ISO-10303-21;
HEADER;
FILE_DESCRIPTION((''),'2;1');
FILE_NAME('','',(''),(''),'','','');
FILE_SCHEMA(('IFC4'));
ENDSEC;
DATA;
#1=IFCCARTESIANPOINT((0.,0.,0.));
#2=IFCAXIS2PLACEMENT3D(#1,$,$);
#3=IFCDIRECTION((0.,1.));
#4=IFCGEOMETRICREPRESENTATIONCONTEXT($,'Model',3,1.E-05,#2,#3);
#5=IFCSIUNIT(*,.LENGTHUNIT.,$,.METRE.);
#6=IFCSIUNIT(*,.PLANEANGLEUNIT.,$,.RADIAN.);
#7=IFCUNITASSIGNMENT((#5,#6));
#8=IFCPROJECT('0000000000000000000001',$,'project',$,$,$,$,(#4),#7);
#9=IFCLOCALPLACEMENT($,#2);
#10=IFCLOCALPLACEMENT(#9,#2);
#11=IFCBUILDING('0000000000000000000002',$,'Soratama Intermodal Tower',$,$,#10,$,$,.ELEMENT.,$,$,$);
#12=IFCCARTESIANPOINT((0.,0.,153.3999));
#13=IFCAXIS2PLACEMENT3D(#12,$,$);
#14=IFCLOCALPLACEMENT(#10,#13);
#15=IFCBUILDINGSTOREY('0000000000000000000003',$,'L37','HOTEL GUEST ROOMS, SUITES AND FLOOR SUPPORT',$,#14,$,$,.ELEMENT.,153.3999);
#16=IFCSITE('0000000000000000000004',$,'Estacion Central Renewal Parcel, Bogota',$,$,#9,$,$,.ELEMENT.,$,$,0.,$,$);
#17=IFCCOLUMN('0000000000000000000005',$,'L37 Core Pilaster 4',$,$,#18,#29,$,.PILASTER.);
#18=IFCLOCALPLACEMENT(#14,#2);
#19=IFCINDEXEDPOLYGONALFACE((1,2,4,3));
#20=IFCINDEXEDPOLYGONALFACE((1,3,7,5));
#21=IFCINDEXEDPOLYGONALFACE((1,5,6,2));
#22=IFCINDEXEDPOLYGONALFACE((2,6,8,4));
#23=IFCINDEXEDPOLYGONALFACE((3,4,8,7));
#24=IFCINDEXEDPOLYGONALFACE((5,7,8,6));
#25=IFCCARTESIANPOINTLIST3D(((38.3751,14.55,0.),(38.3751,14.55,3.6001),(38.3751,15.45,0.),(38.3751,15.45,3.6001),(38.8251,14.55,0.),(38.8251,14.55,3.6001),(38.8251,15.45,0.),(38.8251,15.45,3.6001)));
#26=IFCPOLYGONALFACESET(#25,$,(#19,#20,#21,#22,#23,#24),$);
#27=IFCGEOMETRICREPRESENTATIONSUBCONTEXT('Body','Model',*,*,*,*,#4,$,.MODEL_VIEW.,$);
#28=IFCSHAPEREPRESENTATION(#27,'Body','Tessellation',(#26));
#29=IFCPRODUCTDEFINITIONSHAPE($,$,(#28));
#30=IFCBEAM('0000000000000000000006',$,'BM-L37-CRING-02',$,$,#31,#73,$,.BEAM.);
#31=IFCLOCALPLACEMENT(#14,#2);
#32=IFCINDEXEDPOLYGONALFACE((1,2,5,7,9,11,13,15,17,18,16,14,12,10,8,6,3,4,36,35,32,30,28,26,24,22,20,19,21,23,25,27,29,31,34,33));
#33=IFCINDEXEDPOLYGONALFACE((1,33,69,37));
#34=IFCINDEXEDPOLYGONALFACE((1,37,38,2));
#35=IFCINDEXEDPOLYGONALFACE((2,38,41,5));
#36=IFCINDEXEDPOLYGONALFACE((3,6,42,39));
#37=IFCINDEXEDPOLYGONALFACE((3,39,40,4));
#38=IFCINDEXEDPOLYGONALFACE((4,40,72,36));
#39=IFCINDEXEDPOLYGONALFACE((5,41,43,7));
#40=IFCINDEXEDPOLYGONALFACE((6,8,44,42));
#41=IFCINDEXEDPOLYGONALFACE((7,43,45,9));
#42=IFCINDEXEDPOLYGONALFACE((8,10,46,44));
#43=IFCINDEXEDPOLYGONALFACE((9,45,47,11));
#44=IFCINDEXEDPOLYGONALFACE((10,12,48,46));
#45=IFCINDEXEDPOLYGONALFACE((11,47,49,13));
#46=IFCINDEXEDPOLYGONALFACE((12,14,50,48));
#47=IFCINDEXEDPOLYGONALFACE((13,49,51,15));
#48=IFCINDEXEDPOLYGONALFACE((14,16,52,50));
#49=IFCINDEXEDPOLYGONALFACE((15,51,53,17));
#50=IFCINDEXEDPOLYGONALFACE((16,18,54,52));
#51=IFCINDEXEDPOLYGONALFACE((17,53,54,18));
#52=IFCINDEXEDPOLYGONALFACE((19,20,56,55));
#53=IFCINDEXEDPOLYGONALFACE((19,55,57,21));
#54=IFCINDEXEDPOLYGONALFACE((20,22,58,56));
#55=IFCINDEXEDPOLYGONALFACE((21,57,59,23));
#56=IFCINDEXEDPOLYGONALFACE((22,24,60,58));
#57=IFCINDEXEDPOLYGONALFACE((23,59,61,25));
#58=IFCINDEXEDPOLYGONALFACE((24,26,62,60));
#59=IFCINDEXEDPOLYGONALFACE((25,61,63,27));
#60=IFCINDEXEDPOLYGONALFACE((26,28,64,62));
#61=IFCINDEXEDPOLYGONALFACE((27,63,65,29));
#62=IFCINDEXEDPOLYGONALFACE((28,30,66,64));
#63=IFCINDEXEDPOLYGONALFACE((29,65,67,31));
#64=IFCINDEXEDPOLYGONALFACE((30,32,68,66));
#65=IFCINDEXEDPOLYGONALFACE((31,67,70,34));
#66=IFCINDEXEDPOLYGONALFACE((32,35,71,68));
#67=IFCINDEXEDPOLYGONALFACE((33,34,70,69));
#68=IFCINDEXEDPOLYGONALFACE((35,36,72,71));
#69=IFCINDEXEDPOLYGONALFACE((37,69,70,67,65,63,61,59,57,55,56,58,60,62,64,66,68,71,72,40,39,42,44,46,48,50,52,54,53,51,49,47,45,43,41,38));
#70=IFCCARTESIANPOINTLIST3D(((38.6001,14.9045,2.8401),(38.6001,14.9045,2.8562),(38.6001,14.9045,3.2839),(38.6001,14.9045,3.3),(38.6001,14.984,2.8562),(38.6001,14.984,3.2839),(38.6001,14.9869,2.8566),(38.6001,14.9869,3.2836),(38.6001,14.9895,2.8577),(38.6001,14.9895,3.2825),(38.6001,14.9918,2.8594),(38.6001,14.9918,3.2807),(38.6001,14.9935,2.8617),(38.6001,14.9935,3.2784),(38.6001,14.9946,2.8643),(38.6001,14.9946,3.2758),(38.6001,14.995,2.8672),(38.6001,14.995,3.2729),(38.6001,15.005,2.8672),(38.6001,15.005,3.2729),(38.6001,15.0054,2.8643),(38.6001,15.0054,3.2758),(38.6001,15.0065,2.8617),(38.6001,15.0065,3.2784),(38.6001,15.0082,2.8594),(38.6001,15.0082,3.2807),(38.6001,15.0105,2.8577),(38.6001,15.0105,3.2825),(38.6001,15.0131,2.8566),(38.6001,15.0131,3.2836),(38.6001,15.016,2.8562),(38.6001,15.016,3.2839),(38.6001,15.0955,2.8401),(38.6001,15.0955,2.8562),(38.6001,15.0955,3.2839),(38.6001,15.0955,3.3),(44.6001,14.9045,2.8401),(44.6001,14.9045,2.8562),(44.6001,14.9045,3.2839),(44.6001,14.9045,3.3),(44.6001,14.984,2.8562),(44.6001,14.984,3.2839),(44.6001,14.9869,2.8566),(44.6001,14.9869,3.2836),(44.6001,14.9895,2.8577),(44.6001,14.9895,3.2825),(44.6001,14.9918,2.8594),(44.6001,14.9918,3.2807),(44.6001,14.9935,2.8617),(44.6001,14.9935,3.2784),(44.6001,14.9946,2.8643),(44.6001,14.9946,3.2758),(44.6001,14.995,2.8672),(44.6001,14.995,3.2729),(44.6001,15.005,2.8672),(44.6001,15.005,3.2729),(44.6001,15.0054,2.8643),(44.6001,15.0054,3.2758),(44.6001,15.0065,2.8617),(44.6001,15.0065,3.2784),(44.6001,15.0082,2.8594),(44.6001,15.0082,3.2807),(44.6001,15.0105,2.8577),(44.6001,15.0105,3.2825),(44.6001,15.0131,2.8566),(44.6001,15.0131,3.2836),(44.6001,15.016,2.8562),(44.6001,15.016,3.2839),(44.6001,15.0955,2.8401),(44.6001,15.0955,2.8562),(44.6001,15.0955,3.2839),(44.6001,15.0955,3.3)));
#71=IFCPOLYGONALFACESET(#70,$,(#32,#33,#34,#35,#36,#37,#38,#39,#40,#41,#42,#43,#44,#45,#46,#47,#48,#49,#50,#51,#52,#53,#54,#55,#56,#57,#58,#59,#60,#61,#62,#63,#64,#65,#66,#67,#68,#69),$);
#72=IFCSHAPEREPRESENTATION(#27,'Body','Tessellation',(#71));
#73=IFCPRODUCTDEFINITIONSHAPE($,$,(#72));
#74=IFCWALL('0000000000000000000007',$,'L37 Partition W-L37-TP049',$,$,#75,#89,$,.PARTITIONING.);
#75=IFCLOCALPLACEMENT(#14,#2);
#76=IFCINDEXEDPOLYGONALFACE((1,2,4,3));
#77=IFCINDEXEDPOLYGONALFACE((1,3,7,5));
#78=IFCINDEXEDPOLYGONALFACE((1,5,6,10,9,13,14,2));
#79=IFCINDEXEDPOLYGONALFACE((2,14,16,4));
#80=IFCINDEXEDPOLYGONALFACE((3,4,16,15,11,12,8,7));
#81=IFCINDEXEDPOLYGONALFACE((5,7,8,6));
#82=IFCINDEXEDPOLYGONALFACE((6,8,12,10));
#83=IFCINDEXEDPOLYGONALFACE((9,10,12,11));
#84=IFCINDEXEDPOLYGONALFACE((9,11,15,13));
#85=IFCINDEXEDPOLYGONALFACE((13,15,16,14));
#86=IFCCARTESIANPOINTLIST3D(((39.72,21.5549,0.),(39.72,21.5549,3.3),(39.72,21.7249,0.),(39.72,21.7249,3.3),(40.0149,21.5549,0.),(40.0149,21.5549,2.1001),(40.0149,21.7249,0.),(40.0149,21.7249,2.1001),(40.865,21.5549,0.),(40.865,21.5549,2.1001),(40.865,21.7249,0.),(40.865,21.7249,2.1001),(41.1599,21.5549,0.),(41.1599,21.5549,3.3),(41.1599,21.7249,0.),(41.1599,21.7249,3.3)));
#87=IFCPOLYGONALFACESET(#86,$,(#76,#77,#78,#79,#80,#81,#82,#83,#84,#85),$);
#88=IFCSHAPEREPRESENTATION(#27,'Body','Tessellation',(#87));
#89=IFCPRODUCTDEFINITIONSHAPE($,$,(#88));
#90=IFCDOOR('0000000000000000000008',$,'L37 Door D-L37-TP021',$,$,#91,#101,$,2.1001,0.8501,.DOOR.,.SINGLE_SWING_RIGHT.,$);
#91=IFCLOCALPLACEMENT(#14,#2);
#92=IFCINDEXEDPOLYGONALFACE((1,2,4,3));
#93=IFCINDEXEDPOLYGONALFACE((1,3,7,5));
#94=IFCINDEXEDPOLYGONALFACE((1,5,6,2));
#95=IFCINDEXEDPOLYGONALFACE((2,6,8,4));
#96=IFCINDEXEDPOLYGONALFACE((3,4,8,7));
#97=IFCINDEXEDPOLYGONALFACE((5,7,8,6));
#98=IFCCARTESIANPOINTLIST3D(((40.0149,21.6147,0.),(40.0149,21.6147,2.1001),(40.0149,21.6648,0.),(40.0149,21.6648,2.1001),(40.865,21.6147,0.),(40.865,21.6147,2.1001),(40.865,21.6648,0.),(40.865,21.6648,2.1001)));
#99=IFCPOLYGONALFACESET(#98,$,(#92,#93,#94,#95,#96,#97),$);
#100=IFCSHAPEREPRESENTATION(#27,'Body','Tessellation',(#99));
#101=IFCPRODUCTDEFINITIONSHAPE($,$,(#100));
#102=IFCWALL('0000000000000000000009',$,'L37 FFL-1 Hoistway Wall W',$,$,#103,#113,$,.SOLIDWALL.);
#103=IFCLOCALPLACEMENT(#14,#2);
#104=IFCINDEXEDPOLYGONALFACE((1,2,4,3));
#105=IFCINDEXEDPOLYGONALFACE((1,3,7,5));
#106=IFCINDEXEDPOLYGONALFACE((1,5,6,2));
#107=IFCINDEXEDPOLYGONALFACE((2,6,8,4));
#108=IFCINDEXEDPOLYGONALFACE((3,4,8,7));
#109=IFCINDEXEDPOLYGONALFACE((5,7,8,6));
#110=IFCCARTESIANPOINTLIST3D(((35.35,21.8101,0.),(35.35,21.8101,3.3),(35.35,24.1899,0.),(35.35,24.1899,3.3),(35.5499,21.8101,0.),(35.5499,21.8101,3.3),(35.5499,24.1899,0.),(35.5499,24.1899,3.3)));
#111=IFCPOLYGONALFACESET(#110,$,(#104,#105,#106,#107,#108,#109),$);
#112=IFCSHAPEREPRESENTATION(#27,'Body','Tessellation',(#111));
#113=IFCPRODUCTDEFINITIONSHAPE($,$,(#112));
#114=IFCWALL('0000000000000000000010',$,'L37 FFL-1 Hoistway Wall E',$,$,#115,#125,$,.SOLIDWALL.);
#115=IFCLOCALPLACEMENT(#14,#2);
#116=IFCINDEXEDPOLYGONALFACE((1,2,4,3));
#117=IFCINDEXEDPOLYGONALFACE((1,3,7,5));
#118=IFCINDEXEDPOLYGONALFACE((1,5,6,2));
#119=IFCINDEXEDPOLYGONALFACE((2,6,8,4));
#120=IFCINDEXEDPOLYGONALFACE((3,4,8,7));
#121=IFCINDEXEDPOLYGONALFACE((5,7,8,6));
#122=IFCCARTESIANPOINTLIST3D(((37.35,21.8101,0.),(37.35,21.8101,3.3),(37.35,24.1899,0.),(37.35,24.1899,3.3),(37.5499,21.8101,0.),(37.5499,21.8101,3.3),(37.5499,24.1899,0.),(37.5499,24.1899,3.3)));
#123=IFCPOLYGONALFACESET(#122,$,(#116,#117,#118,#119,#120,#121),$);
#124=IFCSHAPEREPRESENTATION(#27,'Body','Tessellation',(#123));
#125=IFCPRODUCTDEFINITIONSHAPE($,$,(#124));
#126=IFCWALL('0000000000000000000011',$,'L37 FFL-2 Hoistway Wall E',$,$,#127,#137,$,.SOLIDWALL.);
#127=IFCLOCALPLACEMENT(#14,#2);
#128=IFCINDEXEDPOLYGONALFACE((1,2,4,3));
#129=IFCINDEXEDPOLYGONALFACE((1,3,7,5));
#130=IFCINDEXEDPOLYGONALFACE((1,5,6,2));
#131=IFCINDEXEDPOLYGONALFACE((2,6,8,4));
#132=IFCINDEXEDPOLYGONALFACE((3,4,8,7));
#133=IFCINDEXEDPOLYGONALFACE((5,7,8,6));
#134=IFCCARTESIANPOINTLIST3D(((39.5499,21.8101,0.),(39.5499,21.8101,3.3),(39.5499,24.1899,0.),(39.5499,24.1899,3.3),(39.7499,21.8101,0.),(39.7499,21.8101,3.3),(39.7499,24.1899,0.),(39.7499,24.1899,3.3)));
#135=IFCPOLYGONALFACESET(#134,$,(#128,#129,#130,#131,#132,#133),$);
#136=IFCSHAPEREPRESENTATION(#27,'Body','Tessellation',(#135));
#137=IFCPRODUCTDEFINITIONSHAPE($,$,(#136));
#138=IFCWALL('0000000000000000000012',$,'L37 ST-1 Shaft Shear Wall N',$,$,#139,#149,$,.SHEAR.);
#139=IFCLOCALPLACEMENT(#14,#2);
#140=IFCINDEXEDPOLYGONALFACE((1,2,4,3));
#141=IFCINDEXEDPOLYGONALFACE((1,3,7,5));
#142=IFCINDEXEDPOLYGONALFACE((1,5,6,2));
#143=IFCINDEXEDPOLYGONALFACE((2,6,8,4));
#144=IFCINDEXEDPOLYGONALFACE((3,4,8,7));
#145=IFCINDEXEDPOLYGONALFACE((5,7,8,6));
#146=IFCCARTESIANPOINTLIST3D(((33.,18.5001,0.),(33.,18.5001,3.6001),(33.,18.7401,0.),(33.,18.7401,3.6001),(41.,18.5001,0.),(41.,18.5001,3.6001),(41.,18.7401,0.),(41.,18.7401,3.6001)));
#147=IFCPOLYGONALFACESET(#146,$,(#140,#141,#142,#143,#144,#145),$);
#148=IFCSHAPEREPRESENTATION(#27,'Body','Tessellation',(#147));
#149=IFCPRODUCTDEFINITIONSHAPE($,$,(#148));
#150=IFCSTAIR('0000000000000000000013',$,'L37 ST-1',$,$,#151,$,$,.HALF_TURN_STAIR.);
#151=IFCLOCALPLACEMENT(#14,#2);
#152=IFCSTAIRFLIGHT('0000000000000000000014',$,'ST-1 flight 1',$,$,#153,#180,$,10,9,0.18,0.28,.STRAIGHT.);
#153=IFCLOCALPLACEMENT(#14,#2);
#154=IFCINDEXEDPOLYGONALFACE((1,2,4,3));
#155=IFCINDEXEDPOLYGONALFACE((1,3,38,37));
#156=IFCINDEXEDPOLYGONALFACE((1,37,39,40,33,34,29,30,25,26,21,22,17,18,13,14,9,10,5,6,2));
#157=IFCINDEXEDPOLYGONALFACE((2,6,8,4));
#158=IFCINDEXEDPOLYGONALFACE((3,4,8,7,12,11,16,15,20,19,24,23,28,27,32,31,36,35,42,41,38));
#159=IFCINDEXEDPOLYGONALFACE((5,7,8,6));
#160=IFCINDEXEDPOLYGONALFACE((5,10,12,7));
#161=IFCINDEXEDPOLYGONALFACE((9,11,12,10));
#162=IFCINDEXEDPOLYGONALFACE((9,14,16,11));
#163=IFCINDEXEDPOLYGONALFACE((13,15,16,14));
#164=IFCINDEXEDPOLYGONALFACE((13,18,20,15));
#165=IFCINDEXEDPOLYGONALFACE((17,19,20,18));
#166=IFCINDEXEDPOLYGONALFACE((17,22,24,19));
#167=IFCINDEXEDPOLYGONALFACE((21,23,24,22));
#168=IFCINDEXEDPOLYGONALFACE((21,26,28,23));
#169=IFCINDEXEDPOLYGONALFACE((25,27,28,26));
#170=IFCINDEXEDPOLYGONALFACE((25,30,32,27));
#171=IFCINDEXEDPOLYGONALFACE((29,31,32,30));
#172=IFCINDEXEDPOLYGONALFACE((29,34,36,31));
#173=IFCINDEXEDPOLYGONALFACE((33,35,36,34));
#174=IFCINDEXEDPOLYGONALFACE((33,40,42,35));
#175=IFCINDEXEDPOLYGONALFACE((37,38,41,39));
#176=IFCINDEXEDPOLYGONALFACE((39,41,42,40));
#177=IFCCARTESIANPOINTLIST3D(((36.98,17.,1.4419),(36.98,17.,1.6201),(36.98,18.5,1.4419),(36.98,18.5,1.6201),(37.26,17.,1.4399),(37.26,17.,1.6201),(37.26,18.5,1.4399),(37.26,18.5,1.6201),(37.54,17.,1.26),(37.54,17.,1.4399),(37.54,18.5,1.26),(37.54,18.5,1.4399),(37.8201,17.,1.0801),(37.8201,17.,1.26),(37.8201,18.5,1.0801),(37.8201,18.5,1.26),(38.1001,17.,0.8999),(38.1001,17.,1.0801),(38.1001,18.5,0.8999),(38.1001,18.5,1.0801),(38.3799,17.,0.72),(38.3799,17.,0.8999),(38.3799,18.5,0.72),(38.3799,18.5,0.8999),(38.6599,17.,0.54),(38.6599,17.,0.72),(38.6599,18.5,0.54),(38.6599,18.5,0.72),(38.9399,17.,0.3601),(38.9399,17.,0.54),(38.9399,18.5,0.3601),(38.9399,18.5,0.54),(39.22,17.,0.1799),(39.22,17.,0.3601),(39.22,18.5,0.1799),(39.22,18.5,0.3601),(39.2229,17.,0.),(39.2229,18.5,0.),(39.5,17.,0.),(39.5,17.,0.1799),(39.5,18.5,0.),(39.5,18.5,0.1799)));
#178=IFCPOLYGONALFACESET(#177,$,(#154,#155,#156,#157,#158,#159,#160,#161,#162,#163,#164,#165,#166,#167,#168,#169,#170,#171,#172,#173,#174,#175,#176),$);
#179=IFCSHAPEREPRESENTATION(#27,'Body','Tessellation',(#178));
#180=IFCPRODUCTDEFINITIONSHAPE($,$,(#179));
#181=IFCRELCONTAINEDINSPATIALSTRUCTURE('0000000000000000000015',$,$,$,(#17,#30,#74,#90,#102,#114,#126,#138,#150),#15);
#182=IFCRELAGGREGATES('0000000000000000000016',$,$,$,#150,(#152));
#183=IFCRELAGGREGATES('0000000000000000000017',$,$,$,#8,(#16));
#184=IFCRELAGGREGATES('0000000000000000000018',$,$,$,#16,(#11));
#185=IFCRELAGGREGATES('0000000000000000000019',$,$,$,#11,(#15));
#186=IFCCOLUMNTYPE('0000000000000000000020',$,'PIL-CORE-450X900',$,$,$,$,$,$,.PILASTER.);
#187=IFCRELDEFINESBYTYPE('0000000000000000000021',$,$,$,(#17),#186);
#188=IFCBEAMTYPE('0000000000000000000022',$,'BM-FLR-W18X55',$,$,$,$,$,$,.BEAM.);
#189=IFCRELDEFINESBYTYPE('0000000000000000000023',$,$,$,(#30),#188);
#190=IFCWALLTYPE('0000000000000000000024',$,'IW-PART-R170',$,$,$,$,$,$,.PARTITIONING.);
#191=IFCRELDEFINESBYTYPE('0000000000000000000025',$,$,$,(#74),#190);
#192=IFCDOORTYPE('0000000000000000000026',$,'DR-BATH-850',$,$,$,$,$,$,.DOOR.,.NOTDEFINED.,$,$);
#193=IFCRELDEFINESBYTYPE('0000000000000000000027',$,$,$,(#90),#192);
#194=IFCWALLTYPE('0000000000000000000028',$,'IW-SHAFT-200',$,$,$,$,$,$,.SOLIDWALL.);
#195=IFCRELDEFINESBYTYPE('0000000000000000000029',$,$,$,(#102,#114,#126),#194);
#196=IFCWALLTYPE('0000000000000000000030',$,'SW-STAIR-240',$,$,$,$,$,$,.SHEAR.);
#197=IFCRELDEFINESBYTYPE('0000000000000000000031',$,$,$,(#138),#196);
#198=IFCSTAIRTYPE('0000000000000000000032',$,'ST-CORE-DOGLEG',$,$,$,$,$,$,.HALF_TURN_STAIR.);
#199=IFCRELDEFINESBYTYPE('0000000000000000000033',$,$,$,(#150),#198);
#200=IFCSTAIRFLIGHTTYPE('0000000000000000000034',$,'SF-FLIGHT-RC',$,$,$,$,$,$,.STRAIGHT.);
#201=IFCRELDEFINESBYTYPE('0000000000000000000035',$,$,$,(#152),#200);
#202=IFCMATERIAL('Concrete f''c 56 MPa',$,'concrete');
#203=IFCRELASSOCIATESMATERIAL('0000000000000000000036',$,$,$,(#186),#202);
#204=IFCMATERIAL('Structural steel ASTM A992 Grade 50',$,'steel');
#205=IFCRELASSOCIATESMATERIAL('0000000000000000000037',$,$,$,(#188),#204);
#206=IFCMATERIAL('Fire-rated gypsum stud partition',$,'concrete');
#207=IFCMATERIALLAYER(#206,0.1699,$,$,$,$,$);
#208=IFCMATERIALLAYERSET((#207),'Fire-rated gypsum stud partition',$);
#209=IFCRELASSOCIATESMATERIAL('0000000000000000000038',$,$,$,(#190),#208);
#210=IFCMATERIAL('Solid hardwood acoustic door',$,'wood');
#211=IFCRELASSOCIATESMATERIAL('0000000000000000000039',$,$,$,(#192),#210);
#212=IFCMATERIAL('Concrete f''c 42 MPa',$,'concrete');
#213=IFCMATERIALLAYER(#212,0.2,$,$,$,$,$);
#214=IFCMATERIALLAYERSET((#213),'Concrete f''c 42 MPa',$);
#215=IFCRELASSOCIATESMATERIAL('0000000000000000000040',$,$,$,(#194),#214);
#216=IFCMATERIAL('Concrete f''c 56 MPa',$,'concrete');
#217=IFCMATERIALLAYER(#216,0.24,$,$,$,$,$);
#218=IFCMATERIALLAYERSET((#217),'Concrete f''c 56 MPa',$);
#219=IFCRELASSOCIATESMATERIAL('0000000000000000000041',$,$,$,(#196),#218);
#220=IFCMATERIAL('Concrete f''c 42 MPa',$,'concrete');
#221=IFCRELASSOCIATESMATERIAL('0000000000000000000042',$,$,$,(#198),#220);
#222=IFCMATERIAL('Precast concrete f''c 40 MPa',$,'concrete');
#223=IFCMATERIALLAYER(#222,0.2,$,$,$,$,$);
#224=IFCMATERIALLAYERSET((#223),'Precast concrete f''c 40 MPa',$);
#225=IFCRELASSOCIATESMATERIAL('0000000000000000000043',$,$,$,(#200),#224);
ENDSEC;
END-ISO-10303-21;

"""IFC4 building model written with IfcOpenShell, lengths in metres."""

from ifc_helpers import new_model, si_unit, direction, frame, frame_2d, origin, origin_2d, place, context, subcontext, project, spatial, polyline, rectangle, i_section, outline, extrude, material, layer, layer_set, material_profile, profile_set, type_object, element, fill, aggregate, save


model = new_model("IFC4")

# Units and contexts
model_context = context("Model", 3, precision=1e-05, world=origin(), true_north=direction((0.0, 1.0)))
body_context = subcontext(model_context, "Body", "Model", "MODEL_VIEW")
ifc_project = project(units=[si_unit("LENGTHUNIT", "METRE"), si_unit("PLANEANGLEUNIT", "RADIAN")], contexts=[model_context])

# Site, building, storey
site_placement = place(None, origin())
site = spatial("IfcSite", under=ifc_project, at=site_placement, Name="Estacion Central Renewal Parcel, Bogota", CompositionType="ELEMENT", RefElevation=0.0)
building_placement = place(site_placement, origin())
building = spatial("IfcBuilding", under=site, at=building_placement, Name="Soratama Intermodal Tower", CompositionType="ELEMENT")
storey_placement = place(building_placement, frame((0.0, 0.0, 153.3999)))
storey = spatial("IfcBuildingStorey", under=building, at=storey_placement, Name="L37", Description="HOTEL GUEST ROOMS, SUITES AND FLOOR SUPPORT", CompositionType="ELEMENT", Elevation=153.3999)

# Column
ifc_material_1 = material(Name="Concrete f'c 56 MPa", Category="concrete")
ifc_material_profile_1 = material_profile(ifc_material_1, rectangle(XDim=0.45, YDim=0.8999, at=origin_2d()), Name="RC450X900")
ifc_profile_set_1 = profile_set([ifc_material_profile_1], Name="Concrete f'c 56 MPa")
column_type = type_object("IfcColumnType", Name="PIL-CORE-450X900", PredefinedType="PILASTER", material=ifc_profile_set_1)
column_placement = place(storey_placement, frame((38.6001, 15.0, 0.0), z_axis=(0.0, 0.0, 1.0), x_axis=(1.0, 0.0, 0.0)))
element("IfcColumn", 1, at=column_placement, inside=storey, type_object=column_type, Name="L37 Core Pilaster 4", PredefinedType="PILASTER", context=body_context, shape_type="SweptSolid", body=[
    extrude(rectangle(XDim=0.45, YDim=0.8999, at=origin_2d()), origin(), (0.0, 0.0, 1.0), 3.6001),
])

# Beam
ifc_material_2 = material(Name="Structural steel ASTM A992 Grade 50", Category="steel")
ifc_material_profile_2 = material_profile(ifc_material_2, i_section(OverallWidth=0.1909, OverallDepth=0.46, WebThickness=0.01, FlangeThickness=0.0161, FilletRadius=0.011, at=origin_2d()), Name="W18X55")
ifc_profile_set_2 = profile_set([ifc_material_profile_2], Name="Structural steel ASTM A992 Grade 50")
beam_type = type_object("IfcBeamType", Name="BM-FLR-W18X55", PredefinedType="BEAM", material=ifc_profile_set_2)
beam_placement = place(storey_placement, frame((38.6001, 15.0, 3.0701), z_axis=(1.0, 0.0, 0.0), x_axis=(0.0, 1.0, 0.0)))
element("IfcBeam", 2, at=beam_placement, inside=storey, type_object=beam_type, Name="BM-L37-CRING-02", PredefinedType="BEAM", context=body_context, shape_type="SweptSolid", body=[
    extrude(i_section(OverallWidth=0.1909, OverallDepth=0.46, WebThickness=0.01, FlangeThickness=0.0161, FilletRadius=0.011, at=origin_2d()), origin(), (0.0, 0.0, 1.0), 6.0),
])

# Wall, opening, door
ifc_material_3 = material(Name="Fire-rated gypsum stud partition", Category="concrete")
ifc_layer_1 = layer(ifc_material_3, 0.1699)
ifc_layer_set_1 = layer_set([ifc_layer_1], Name="Fire-rated gypsum stud partition")
wall_type_1 = type_object("IfcWallType", Name="IW-PART-R170", PredefinedType="PARTITIONING", material=ifc_layer_set_1)
wall_1_placement = place(storey_placement, frame((39.72, 21.6399, 0.0), z_axis=(0.0, 0.0, 1.0), x_axis=(1.0, 0.0, 0.0)))
wall_1 = element("IfcWall", 3, at=wall_1_placement, inside=storey, type_object=wall_type_1, Name="L37 Partition W-L37-TP049", PredefinedType="PARTITIONING", context=body_context, shape_type="SweptSolid", body=[
    extrude(rectangle(XDim=1.4399, YDim=0.1699, at=frame_2d((0.72, 0.0))), origin(), (0.0, 0.0, 1.0), 3.3),
])
opening_1_placement = place(wall_1_placement, frame((0.2949, 0.0, 0.0)))
opening_1 = element("IfcOpeningElement", 4, at=opening_1_placement, cuts=wall_1, PredefinedType="OPENING", context=body_context, shape_type="SweptSolid", body=[
    extrude(rectangle(XDim=0.8501, YDim=2.1001, at=frame_2d((0.425, 1.05))), frame((0.0, 0.095, 0.0), z_axis=(0.0, -1.0, 0.0), x_axis=(1.0, 0.0, 0.0)), (0.0, 0.0, 1.0), 0.1899),
])
ifc_material_4 = material(Name="Solid hardwood acoustic door", Category="wood")
door_type_1 = type_object("IfcDoorType", Name="DR-BATH-850", OperationType="NOTDEFINED", PredefinedType="DOOR", material=ifc_material_4)
door_1_placement = place(opening_1_placement, origin())
door_1 = element("IfcDoor", 5, at=door_1_placement, inside=storey, type_object=door_type_1, Name="L37 Door D-L37-TP021", OperationType="SINGLE_SWING_RIGHT", OverallHeight=2.1001, OverallWidth=0.8501, PredefinedType="DOOR", context=body_context, shape_type="SweptSolid", body=[
    extrude(rectangle(XDim=0.8501, YDim=2.1001, at=frame_2d((0.425, 1.05))), frame((0.0, 0.0249, 0.0), z_axis=(0.0, -1.0, 0.0), x_axis=(1.0, 0.0, 0.0)), (0.0, 0.0, 1.0), 0.05),
])
fill(opening_1, door_1)
ifc_material_5 = material(Name="Concrete f'c 42 MPa", Category="concrete")
ifc_layer_2 = layer(ifc_material_5, 0.2)
ifc_layer_set_2 = layer_set([ifc_layer_2], Name="Concrete f'c 42 MPa")
wall_type_2 = type_object("IfcWallType", Name="IW-SHAFT-200", PredefinedType="SOLIDWALL", material=ifc_layer_set_2)

# Walls
for number, where, z_axis, x_axis, name in (
    (6, (35.45, 21.8101, 0.0), (0.0, 0.0, 1.0), (0.0, 1.0, 0.0), "L37 FFL-1 Hoistway Wall W"),
    (7, (37.45, 21.8101, 0.0), (0.0, 0.0, 1.0), (0.0, 1.0, 0.0), "L37 FFL-1 Hoistway Wall E"),
):
    element("IfcWall", number, at=place(storey_placement, frame(where, z_axis=z_axis, x_axis=x_axis)), inside=storey, type_object=wall_type_2, Name=name, PredefinedType="SOLIDWALL", context=body_context, shape_type="SweptSolid", body=[
        extrude(rectangle(XDim=2.3799, YDim=0.2, at=frame_2d((1.1899, 0.0))), origin(), (0.0, 0.0, 1.0), 3.3),
    ])

# Wall
wall_2_placement = place(storey_placement, frame((39.6499, 21.8101, 0.0), z_axis=(0.0, 0.0, 1.0), x_axis=(0.0, 1.0, 0.0)))
element("IfcWall", 8, at=wall_2_placement, inside=storey, type_object=wall_type_2, Name="L37 FFL-2 Hoistway Wall E", PredefinedType="SOLIDWALL", context=body_context, shape_type="SweptSolid", body=[
    extrude(rectangle(XDim=2.3799, YDim=0.2, at=frame_2d((1.1899, 0.0))), origin(), (0.0, 0.0, 1.0), 3.3),
])

# Shared definitions
ifc_material_6 = material(Name="Concrete f'c 56 MPa", Category="concrete")
ifc_layer_3 = layer(ifc_material_6, 0.24)
ifc_layer_set_3 = layer_set([ifc_layer_3], Name="Concrete f'c 56 MPa")
wall_type_3 = type_object("IfcWallType", Name="SW-STAIR-240", PredefinedType="SHEAR", material=ifc_layer_set_3)

# Wall
wall_3_placement = place(storey_placement, frame((33.0, 18.6201, 0.0), z_axis=(0.0, 0.0, 1.0), x_axis=(1.0, 0.0, 0.0)))
element("IfcWall", 9, at=wall_3_placement, inside=storey, type_object=wall_type_3, Name="L37 ST-1 Shaft Shear Wall N", PredefinedType="SHEAR", context=body_context, shape_type="SweptSolid", body=[
    extrude(rectangle(XDim=8.0, YDim=0.24, at=frame_2d((4.0, 0.0))), origin(), (0.0, 0.0, 1.0), 3.6001),
])

# Stair, stair flight
ifc_material_7 = material(Name="Concrete f'c 42 MPa", Category="concrete")
stair_type = type_object("IfcStairType", Name="ST-CORE-DOGLEG", PredefinedType="HALF_TURN_STAIR", material=ifc_material_7)
stair_placement = place(storey_placement, origin())
stair = element("IfcStair", 10, at=stair_placement, inside=storey, type_object=stair_type, Name="L37 ST-1", PredefinedType="HALF_TURN_STAIR")
ifc_material_8 = material(Name="Precast concrete f'c 40 MPa", Category="concrete")
ifc_layer_4 = layer(ifc_material_8, 0.2)
ifc_layer_set_4 = layer_set([ifc_layer_4], Name="Precast concrete f'c 40 MPa")
stair_flight_type = type_object("IfcStairFlightType", Name="SF-FLIGHT-RC", PredefinedType="STRAIGHT", material=ifc_layer_set_4)
stair_flight_1_placement = place(storey_placement, frame((39.5, 17.75, 0.0), z_axis=(0.0, 0.0, 1.0), x_axis=(-1.0, 0.0, 0.0)))
stair_flight_1 = element("IfcStairFlight", 11, at=stair_flight_1_placement, type_object=stair_flight_type, Name="ST-1 flight 1", NumberOfRisers=10, NumberOfTreads=9, PredefinedType="STRAIGHT", RiserHeight=0.18, TreadLength=0.28, context=body_context, shape_type="SweptSolid", body=[
    extrude(outline(polyline([(0.0, 0.0), (0.0, 0.1799), (0.28, 0.1799), (0.28, 0.3601), (0.5601, 0.3601), (0.5601, 0.54), (0.8401, 0.54), (0.8401, 0.72), (1.1201, 0.72), (1.1201, 0.8999), (1.3999, 0.8999), (1.3999, 1.0801), (1.6799, 1.0801), (1.6799, 1.26), (1.96, 1.26), (1.96, 1.4399), (2.24, 1.4399), (2.24, 1.6201), (2.52, 1.6201), (2.52, 1.8), (2.52, 1.4419), (0.2771, 0.0), (0.0, 0.0)])), frame((0.0, 0.75, 0.0), z_axis=(0.0, -1.0, 0.0), x_axis=(1.0, 0.0, 0.0)), (0.0, 0.0, 1.0), 1.5),
])
aggregate(stair, [stair_flight_1])

save(model, "model.ifc")
